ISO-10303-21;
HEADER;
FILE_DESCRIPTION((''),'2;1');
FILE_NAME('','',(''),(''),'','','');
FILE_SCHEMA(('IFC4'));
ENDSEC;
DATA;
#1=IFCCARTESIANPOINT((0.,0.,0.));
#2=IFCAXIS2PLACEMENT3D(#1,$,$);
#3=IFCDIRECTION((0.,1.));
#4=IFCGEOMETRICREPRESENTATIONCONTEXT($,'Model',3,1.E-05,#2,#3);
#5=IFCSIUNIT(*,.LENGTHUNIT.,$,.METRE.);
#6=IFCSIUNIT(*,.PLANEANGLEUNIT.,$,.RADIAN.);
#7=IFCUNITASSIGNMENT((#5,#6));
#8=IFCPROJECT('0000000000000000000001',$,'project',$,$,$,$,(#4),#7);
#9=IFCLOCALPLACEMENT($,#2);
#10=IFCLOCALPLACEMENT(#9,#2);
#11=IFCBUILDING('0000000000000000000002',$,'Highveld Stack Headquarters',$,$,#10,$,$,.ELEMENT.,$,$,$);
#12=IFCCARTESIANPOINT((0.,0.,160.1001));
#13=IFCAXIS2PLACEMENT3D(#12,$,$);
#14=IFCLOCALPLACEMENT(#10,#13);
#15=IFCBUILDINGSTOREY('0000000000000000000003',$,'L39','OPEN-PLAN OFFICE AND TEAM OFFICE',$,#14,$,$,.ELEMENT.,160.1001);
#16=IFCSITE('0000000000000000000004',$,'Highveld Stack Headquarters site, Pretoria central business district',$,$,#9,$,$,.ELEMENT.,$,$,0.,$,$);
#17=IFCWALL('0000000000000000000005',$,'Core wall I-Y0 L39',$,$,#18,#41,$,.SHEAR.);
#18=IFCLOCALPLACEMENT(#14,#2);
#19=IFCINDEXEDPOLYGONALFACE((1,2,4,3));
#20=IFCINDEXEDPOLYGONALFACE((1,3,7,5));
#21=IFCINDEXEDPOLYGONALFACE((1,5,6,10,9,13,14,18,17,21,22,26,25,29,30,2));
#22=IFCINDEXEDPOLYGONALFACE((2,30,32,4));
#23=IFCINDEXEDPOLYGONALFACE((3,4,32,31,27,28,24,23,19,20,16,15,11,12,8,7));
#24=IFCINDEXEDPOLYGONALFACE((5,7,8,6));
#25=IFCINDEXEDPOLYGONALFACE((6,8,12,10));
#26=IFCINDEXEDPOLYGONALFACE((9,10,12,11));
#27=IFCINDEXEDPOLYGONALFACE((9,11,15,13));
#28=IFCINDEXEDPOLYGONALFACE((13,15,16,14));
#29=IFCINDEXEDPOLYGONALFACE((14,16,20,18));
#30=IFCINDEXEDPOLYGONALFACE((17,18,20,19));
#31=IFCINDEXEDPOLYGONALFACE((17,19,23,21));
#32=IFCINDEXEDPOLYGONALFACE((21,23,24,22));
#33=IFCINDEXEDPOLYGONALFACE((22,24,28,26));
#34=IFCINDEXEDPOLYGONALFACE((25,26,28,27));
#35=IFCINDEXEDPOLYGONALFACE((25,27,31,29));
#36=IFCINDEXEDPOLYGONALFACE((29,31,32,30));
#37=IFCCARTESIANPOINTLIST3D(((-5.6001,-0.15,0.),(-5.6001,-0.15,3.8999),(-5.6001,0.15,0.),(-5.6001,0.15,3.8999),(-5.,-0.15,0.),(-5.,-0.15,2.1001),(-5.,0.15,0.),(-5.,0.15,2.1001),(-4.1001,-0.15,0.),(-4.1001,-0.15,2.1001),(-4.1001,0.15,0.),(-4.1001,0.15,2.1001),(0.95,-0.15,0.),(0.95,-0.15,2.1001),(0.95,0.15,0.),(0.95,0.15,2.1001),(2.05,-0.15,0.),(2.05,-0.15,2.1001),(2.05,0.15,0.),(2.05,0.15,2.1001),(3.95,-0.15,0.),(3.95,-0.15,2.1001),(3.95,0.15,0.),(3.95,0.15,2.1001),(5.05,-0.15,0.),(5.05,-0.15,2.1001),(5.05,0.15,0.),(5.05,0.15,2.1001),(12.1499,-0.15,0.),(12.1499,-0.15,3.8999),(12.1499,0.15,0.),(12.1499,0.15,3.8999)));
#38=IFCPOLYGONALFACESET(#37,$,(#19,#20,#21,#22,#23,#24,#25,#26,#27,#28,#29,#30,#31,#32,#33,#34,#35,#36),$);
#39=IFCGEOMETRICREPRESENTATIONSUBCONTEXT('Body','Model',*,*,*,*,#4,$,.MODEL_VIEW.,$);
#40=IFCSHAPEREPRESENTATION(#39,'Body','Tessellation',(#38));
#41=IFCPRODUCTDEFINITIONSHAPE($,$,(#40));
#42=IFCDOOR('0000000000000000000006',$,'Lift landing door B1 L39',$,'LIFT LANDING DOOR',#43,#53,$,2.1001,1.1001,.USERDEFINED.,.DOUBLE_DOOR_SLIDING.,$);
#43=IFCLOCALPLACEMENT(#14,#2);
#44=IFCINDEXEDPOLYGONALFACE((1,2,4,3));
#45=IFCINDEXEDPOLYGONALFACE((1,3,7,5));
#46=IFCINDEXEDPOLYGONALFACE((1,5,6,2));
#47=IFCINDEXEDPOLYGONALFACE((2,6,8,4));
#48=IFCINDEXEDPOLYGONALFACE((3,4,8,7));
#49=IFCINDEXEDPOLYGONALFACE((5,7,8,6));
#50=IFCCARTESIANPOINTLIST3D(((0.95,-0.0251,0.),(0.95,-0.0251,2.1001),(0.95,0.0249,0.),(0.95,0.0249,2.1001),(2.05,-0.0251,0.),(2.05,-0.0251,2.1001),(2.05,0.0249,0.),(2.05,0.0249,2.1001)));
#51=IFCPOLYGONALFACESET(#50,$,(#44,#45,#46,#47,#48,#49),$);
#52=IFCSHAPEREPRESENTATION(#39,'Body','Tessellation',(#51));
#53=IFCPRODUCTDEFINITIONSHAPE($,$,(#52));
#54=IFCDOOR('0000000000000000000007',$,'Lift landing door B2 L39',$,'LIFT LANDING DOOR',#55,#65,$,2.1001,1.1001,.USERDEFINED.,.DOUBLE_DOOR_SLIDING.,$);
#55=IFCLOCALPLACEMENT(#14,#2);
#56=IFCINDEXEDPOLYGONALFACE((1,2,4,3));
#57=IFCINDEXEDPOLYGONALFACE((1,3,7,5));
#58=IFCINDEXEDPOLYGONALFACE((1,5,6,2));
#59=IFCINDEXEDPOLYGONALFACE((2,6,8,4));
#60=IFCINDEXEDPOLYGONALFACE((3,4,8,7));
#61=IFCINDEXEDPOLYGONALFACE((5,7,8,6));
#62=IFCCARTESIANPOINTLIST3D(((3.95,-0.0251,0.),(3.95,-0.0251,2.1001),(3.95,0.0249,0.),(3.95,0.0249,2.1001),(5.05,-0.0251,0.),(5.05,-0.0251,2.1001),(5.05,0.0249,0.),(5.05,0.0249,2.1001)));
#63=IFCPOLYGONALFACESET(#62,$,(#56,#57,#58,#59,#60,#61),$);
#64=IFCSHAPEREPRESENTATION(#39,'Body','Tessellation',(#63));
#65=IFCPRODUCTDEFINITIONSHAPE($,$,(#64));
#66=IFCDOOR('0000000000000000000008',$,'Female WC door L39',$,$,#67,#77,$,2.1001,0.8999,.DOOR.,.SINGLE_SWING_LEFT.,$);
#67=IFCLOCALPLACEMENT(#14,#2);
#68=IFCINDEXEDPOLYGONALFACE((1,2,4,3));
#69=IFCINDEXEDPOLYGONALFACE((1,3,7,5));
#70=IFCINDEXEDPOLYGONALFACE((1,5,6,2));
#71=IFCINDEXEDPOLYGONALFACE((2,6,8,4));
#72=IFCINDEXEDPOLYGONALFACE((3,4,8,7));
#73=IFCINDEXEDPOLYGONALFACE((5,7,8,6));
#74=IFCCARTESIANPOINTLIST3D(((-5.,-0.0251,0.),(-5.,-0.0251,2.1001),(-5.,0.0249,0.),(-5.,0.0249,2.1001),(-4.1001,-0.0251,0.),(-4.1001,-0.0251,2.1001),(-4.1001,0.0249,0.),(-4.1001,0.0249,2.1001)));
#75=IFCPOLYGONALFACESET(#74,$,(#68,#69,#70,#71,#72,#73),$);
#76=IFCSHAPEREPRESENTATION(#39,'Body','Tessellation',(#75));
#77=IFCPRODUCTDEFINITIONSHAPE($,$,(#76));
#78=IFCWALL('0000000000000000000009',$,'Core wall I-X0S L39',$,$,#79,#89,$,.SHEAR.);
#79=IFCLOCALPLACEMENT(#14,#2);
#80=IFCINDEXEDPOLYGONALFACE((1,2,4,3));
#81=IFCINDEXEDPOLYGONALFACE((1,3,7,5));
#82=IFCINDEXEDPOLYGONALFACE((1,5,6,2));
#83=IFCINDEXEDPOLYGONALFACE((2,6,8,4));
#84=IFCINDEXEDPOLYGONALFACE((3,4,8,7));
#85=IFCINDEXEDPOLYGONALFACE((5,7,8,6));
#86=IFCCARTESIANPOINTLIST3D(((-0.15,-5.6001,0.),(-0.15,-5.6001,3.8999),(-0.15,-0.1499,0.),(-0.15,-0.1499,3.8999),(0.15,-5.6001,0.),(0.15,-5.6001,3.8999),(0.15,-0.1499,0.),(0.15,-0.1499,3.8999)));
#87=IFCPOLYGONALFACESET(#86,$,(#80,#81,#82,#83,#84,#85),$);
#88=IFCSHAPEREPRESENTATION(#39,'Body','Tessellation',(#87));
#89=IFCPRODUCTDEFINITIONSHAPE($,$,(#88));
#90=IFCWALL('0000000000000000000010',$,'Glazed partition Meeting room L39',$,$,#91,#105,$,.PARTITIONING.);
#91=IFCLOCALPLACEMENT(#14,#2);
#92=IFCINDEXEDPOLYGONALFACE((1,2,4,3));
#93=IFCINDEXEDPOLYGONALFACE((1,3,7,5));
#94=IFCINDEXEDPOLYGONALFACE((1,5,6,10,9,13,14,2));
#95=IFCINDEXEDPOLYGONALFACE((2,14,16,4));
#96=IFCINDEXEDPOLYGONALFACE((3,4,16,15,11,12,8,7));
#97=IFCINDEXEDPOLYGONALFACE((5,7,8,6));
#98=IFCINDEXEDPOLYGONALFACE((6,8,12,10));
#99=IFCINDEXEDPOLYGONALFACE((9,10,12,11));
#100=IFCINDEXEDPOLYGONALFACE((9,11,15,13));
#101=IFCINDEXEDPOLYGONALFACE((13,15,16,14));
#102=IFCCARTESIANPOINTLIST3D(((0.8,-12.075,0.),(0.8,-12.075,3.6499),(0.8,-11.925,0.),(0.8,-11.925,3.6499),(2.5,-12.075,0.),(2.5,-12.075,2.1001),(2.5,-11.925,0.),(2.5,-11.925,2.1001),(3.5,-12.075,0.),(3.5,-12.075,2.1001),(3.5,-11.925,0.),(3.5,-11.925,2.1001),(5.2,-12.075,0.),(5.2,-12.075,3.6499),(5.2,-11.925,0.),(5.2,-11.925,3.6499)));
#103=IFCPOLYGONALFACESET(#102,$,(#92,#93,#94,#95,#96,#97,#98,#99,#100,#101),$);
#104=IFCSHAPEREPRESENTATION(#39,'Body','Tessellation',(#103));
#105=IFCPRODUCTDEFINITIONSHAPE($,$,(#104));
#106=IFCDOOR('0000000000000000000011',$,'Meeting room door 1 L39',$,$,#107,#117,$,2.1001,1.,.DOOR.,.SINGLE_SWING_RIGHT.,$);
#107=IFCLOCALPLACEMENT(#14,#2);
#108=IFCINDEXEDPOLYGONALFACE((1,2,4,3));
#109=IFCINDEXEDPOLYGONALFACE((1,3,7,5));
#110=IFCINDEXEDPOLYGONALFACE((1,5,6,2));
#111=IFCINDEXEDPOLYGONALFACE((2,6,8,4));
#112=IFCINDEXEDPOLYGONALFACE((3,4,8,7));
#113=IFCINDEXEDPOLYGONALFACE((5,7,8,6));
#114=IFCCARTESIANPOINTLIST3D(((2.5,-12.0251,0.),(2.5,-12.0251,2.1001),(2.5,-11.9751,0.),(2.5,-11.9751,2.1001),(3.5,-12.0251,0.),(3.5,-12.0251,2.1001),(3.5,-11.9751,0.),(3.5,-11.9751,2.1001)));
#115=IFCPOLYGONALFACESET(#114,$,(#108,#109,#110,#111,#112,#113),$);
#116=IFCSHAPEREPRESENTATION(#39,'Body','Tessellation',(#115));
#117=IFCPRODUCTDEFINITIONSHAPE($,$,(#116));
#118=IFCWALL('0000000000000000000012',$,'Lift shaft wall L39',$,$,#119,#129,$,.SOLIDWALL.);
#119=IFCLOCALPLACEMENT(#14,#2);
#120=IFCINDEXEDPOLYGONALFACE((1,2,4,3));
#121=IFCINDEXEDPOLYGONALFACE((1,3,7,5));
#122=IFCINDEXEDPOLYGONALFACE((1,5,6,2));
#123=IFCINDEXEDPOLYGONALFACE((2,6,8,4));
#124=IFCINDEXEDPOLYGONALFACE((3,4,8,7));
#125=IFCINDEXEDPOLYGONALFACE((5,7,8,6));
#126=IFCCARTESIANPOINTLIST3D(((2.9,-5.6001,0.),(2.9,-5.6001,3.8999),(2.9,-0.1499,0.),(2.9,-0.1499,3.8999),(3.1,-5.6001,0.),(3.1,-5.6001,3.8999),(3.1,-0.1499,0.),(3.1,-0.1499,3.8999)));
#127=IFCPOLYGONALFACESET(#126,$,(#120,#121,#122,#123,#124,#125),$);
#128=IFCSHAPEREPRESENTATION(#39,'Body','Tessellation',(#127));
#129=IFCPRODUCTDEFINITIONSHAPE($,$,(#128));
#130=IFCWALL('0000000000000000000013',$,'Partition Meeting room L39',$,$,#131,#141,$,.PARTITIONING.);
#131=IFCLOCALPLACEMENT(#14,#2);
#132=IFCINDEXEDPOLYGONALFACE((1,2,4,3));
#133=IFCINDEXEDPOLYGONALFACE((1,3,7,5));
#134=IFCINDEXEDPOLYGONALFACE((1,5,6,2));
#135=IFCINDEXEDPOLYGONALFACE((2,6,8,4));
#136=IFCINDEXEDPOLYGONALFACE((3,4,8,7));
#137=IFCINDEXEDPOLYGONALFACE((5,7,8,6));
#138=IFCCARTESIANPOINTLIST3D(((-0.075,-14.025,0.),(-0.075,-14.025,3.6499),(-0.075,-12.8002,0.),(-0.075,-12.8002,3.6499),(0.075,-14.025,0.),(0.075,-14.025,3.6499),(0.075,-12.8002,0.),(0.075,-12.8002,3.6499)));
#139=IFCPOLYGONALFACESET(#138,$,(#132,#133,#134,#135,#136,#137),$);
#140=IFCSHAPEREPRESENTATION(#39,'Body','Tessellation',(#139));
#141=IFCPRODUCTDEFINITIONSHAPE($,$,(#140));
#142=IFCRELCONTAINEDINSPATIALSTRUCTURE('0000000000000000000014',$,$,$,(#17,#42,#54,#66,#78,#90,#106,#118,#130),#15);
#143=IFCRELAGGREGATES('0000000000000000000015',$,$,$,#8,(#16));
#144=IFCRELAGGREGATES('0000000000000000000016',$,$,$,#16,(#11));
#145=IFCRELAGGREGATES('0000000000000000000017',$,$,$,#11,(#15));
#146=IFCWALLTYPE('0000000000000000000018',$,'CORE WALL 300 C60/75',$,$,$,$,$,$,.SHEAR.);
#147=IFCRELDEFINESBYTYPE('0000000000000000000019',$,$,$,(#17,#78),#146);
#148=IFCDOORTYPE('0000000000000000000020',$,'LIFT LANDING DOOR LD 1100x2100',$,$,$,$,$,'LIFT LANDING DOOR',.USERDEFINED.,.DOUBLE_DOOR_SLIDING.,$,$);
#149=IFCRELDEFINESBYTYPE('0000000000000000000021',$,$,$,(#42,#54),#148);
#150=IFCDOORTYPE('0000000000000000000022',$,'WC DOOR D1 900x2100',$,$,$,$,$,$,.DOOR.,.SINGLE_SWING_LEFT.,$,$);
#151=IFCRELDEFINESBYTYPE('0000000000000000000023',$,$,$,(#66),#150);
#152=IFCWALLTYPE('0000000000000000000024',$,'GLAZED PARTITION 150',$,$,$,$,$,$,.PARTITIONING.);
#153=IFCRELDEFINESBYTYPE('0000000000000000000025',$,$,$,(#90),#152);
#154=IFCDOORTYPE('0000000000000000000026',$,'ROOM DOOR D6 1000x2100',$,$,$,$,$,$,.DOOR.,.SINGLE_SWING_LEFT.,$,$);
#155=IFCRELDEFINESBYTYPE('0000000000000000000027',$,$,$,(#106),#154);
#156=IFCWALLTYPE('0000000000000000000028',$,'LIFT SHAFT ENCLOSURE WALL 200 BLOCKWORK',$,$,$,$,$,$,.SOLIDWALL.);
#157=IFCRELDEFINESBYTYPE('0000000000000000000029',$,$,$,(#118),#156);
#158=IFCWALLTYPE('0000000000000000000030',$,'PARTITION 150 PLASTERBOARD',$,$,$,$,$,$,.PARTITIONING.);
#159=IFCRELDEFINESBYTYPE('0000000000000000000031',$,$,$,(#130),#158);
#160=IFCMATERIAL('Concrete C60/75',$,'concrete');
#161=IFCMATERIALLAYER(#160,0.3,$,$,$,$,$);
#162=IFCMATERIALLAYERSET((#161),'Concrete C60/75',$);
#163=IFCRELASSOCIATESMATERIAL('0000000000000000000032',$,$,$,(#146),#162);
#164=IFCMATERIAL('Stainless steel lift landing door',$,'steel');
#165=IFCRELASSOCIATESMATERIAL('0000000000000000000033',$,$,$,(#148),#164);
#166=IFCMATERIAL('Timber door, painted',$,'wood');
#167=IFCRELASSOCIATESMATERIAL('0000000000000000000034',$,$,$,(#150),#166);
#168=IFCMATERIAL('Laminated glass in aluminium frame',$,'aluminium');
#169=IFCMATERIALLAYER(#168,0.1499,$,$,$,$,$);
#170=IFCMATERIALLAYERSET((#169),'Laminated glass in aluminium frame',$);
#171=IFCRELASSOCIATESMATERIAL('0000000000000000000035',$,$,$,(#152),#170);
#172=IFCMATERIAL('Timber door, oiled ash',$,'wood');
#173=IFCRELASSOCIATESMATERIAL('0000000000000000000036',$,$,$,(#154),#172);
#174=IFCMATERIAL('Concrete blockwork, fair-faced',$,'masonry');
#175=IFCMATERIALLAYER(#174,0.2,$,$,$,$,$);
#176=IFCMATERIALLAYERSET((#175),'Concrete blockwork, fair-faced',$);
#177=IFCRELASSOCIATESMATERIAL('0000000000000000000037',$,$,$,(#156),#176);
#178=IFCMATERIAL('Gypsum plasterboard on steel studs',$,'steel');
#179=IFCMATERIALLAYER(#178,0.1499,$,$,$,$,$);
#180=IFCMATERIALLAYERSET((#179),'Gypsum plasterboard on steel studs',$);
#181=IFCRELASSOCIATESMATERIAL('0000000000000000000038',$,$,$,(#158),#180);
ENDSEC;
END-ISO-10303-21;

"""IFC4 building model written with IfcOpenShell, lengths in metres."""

from ifc_helpers import new_model, si_unit, direction, frame, frame_2d, origin, place, context, subcontext, project, spatial, rectangle, extrude, material, layer, layer_set, type_object, element, fill, save


model = new_model("IFC4")

# Units and contexts
model_context = context("Model", 3, precision=1e-05, world=origin(), true_north=direction((0.0, 1.0)))
body_context = subcontext(model_context, "Body", "Model", "MODEL_VIEW")
ifc_project = project(units=[si_unit("LENGTHUNIT", "METRE"), si_unit("PLANEANGLEUNIT", "RADIAN")], contexts=[model_context])

# Site, building, storey
site_placement = place(None, origin())
site = spatial("IfcSite", under=ifc_project, at=site_placement, Name="Highveld Stack Headquarters site, Pretoria central business district", CompositionType="ELEMENT", RefElevation=0.0)
building_placement = place(site_placement, origin())
building = spatial("IfcBuilding", under=site, at=building_placement, Name="Highveld Stack Headquarters", CompositionType="ELEMENT")
storey_placement = place(building_placement, frame((0.0, 0.0, 160.1001)))
storey = spatial("IfcBuildingStorey", under=building, at=storey_placement, Name="L39", Description="OPEN-PLAN OFFICE AND TEAM OFFICE", CompositionType="ELEMENT", Elevation=160.1001)

# Wall, openings, doors
ifc_material_1 = material(Name="Concrete C60/75", Category="concrete")
ifc_layer_1 = layer(ifc_material_1, 0.3)
ifc_layer_set_1 = layer_set([ifc_layer_1], Name="Concrete C60/75")
wall_type_1 = type_object("IfcWallType", Name="CORE WALL 300 C60/75", PredefinedType="SHEAR", material=ifc_layer_set_1)
wall_1_placement = place(storey_placement, frame((-5.6001, 0.0, 0.0), z_axis=(0.0, 0.0, 1.0), x_axis=(1.0, 0.0, 0.0)))
wall_1 = element("IfcWall", 1, at=wall_1_placement, inside=storey, type_object=wall_type_1, Name="Core wall I-Y0 L39", PredefinedType="SHEAR", context=body_context, shape_type="SweptSolid", body=[
    extrude(rectangle(XDim=17.75, YDim=0.3, at=frame_2d((8.875, 0.0))), origin(), (0.0, 0.0, 1.0), 3.8999),
])
opening_1_placement = place(wall_1_placement, frame((0.6001, 0.0, 0.0)))
opening_1 = element("IfcOpeningElement", 2, at=opening_1_placement, cuts=wall_1, PredefinedType="OPENING", context=body_context, shape_type="SweptSolid", body=[
    extrude(rectangle(XDim=0.8999, YDim=2.1001, at=frame_2d((0.45, 1.05))), frame((0.0, 0.1599, 0.0), z_axis=(0.0, -1.0, 0.0), x_axis=(1.0, 0.0, 0.0)), (0.0, 0.0, 1.0), 0.3201),
])
opening_2_placement = place(wall_1_placement, frame((6.55, 0.0, 0.0)))
opening_2 = element("IfcOpeningElement", 3, at=opening_2_placement, cuts=wall_1, PredefinedType="OPENING", context=body_context, shape_type="SweptSolid", body=[
    extrude(rectangle(XDim=1.1001, YDim=2.1001, at=frame_2d((0.55, 1.05))), frame((0.0, 0.1599, 0.0), z_axis=(0.0, -1.0, 0.0), x_axis=(1.0, 0.0, 0.0)), (0.0, 0.0, 1.0), 0.3201),
])
opening_3_placement = place(wall_1_placement, frame((9.55, 0.0, 0.0)))
opening_3 = element("IfcOpeningElement", 4, at=opening_3_placement, cuts=wall_1, PredefinedType="OPENING", context=body_context, shape_type="SweptSolid", body=[
    extrude(rectangle(XDim=1.1001, YDim=2.1001, at=frame_2d((0.55, 1.05))), frame((0.0, 0.1599, 0.0), z_axis=(0.0, -1.0, 0.0), x_axis=(1.0, 0.0, 0.0)), (0.0, 0.0, 1.0), 0.3201),
])
ifc_material_2 = material(Name="Stainless steel lift landing door", Category="steel")
door_type_1 = type_object("IfcDoorType", Name="LIFT LANDING DOOR LD 1100x2100", ElementType="LIFT LANDING DOOR", OperationType="DOUBLE_DOOR_SLIDING", PredefinedType="USERDEFINED", material=ifc_material_2)
door_1_placement = place(opening_2_placement, origin())
door_1 = element("IfcDoor", 5, at=door_1_placement, inside=storey, type_object=door_type_1, Name="Lift landing door B1 L39", ObjectType="LIFT LANDING DOOR", OperationType="DOUBLE_DOOR_SLIDING", OverallHeight=2.1001, OverallWidth=1.1001, PredefinedType="USERDEFINED", context=body_context, shape_type="SweptSolid", body=[
    extrude(rectangle(XDim=1.1001, YDim=2.1001, at=frame_2d((0.55, 1.05))), frame((0.0, 0.0249, 0.0), z_axis=(0.0, -1.0, 0.0), x_axis=(1.0, 0.0, 0.0)), (0.0, 0.0, 1.0), 0.05),
])
fill(opening_2, door_1)
door_2_placement = place(opening_3_placement, origin())
door_2 = element("IfcDoor", 6, at=door_2_placement, inside=storey, type_object=door_type_1, Name="Lift landing door B2 L39", ObjectType="LIFT LANDING DOOR", OperationType="DOUBLE_DOOR_SLIDING", OverallHeight=2.1001, OverallWidth=1.1001, PredefinedType="USERDEFINED", context=body_context, shape_type="SweptSolid", body=[
    extrude(rectangle(XDim=1.1001, YDim=2.1001, at=frame_2d((0.55, 1.05))), frame((0.0, 0.0249, 0.0), z_axis=(0.0, -1.0, 0.0), x_axis=(1.0, 0.0, 0.0)), (0.0, 0.0, 1.0), 0.05),
])
fill(opening_3, door_2)
ifc_material_3 = material(Name="Timber door, painted", Category="wood")
door_type_2 = type_object("IfcDoorType", Name="WC DOOR D1 900x2100", OperationType="SINGLE_SWING_LEFT", PredefinedType="DOOR", material=ifc_material_3)
door_3_placement = place(opening_1_placement, origin())
door_3 = element("IfcDoor", 7, at=door_3_placement, inside=storey, type_object=door_type_2, Name="Female WC door L39", OperationType="SINGLE_SWING_LEFT", OverallHeight=2.1001, OverallWidth=0.8999, PredefinedType="DOOR", context=body_context, shape_type="SweptSolid", body=[
    extrude(rectangle(XDim=0.8999, YDim=2.1001, at=frame_2d((0.45, 1.05))), frame((0.0, 0.0249, 0.0), z_axis=(0.0, -1.0, 0.0), x_axis=(1.0, 0.0, 0.0)), (0.0, 0.0, 1.0), 0.05),
])
fill(opening_1, door_3)

# Wall
wall_2_placement = place(storey_placement, frame((0.0, -5.6001, 0.0), z_axis=(0.0, 0.0, 1.0), x_axis=(0.0, 1.0, 0.0)))
element("IfcWall", 8, at=wall_2_placement, inside=storey, type_object=wall_type_1, Name="Core wall I-X0S L39", PredefinedType="SHEAR", context=body_context, shape_type="SweptSolid", body=[
    extrude(rectangle(XDim=5.4502, YDim=0.3, at=frame_2d((2.7251, 0.0))), origin(), (0.0, 0.0, 1.0), 3.8999),
])

# Wall, opening, door
ifc_material_4 = material(Name="Laminated glass in aluminium frame", Category="aluminium")
ifc_layer_2 = layer(ifc_material_4, 0.1499)
ifc_layer_set_2 = layer_set([ifc_layer_2], Name="Laminated glass in aluminium frame")
wall_type_2 = type_object("IfcWallType", Name="GLAZED PARTITION 150", PredefinedType="PARTITIONING", material=ifc_layer_set_2)
wall_3_placement = place(storey_placement, frame((0.8, -12.0, 0.0), z_axis=(0.0, 0.0, 1.0), x_axis=(1.0, 0.0, 0.0)))
wall_3 = element("IfcWall", 9, at=wall_3_placement, inside=storey, type_object=wall_type_2, Name="Glazed partition Meeting room L39", PredefinedType="PARTITIONING", context=body_context, shape_type="SweptSolid", body=[
    extrude(rectangle(XDim=4.3999, YDim=0.1499, at=frame_2d((2.2, 0.0))), origin(), (0.0, 0.0, 1.0), 3.6499),
])
opening_4_placement = place(wall_3_placement, frame((1.7, 0.0, 0.0)))
opening_4 = element("IfcOpeningElement", 10, at=opening_4_placement, cuts=wall_3, PredefinedType="OPENING", context=body_context, shape_type="SweptSolid", body=[
    extrude(rectangle(XDim=1.0, YDim=2.1001, at=frame_2d((0.5, 1.05))), frame((0.0, 0.085, 0.0), z_axis=(0.0, -1.0, 0.0), x_axis=(1.0, 0.0, 0.0)), (0.0, 0.0, 1.0), 0.1699),
])
ifc_material_5 = material(Name="Timber door, oiled ash", Category="wood")
door_type_3 = type_object("IfcDoorType", Name="ROOM DOOR D6 1000x2100", OperationType="SINGLE_SWING_LEFT", PredefinedType="DOOR", material=ifc_material_5)
door_4_placement = place(opening_4_placement, origin())
door_4 = element("IfcDoor", 11, at=door_4_placement, inside=storey, type_object=door_type_3, Name="Meeting room door 1 L39", OperationType="SINGLE_SWING_RIGHT", OverallHeight=2.1001, OverallWidth=1.0, PredefinedType="DOOR", context=body_context, shape_type="SweptSolid", body=[
    extrude(rectangle(XDim=1.0, YDim=2.1001, at=frame_2d((0.5, 1.05))), frame((0.0, 0.0249, 0.0), z_axis=(0.0, -1.0, 0.0), x_axis=(1.0, 0.0, 0.0)), (0.0, 0.0, 1.0), 0.05),
])
fill(opening_4, door_4)

# Walls
ifc_material_6 = material(Name="Concrete blockwork, fair-faced", Category="masonry")
ifc_layer_3 = layer(ifc_material_6, 0.2)
ifc_layer_set_3 = layer_set([ifc_layer_3], Name="Concrete blockwork, fair-faced")
wall_type_3 = type_object("IfcWallType", Name="LIFT SHAFT ENCLOSURE WALL 200 BLOCKWORK", PredefinedType="SOLIDWALL", material=ifc_layer_set_3)
wall_4_placement = place(storey_placement, frame((3.0, -5.6001, 0.0), z_axis=(0.0, 0.0, 1.0), x_axis=(0.0, 1.0, 0.0)))
element("IfcWall", 12, at=wall_4_placement, inside=storey, type_object=wall_type_3, Name="Lift shaft wall L39", PredefinedType="SOLIDWALL", context=body_context, shape_type="SweptSolid", body=[
    extrude(rectangle(XDim=5.4502, YDim=0.2, at=frame_2d((2.7251, 0.0))), origin(), (0.0, 0.0, 1.0), 3.8999),
])
ifc_material_7 = material(Name="Gypsum plasterboard on steel studs", Category="steel")
ifc_layer_4 = layer(ifc_material_7, 0.1499)
ifc_layer_set_4 = layer_set([ifc_layer_4], Name="Gypsum plasterboard on steel studs")
wall_type_4 = type_object("IfcWallType", Name="PARTITION 150 PLASTERBOARD", PredefinedType="PARTITIONING", material=ifc_layer_set_4)
wall_5_placement = place(storey_placement, frame((0.0, -14.0249, 0.0), z_axis=(0.0, 0.0, 1.0), x_axis=(0.0, 1.0, 0.0)))
element("IfcWall", 13, at=wall_5_placement, inside=storey, type_object=wall_type_4, Name="Partition Meeting room L39", PredefinedType="PARTITIONING", context=body_context, shape_type="SweptSolid", body=[
    extrude(rectangle(XDim=1.2249, YDim=0.1499, at=frame_2d((0.6123, 0.0))), origin(), (0.0, 0.0, 1.0), 3.6499),
])

save(model, "model.ifc")
